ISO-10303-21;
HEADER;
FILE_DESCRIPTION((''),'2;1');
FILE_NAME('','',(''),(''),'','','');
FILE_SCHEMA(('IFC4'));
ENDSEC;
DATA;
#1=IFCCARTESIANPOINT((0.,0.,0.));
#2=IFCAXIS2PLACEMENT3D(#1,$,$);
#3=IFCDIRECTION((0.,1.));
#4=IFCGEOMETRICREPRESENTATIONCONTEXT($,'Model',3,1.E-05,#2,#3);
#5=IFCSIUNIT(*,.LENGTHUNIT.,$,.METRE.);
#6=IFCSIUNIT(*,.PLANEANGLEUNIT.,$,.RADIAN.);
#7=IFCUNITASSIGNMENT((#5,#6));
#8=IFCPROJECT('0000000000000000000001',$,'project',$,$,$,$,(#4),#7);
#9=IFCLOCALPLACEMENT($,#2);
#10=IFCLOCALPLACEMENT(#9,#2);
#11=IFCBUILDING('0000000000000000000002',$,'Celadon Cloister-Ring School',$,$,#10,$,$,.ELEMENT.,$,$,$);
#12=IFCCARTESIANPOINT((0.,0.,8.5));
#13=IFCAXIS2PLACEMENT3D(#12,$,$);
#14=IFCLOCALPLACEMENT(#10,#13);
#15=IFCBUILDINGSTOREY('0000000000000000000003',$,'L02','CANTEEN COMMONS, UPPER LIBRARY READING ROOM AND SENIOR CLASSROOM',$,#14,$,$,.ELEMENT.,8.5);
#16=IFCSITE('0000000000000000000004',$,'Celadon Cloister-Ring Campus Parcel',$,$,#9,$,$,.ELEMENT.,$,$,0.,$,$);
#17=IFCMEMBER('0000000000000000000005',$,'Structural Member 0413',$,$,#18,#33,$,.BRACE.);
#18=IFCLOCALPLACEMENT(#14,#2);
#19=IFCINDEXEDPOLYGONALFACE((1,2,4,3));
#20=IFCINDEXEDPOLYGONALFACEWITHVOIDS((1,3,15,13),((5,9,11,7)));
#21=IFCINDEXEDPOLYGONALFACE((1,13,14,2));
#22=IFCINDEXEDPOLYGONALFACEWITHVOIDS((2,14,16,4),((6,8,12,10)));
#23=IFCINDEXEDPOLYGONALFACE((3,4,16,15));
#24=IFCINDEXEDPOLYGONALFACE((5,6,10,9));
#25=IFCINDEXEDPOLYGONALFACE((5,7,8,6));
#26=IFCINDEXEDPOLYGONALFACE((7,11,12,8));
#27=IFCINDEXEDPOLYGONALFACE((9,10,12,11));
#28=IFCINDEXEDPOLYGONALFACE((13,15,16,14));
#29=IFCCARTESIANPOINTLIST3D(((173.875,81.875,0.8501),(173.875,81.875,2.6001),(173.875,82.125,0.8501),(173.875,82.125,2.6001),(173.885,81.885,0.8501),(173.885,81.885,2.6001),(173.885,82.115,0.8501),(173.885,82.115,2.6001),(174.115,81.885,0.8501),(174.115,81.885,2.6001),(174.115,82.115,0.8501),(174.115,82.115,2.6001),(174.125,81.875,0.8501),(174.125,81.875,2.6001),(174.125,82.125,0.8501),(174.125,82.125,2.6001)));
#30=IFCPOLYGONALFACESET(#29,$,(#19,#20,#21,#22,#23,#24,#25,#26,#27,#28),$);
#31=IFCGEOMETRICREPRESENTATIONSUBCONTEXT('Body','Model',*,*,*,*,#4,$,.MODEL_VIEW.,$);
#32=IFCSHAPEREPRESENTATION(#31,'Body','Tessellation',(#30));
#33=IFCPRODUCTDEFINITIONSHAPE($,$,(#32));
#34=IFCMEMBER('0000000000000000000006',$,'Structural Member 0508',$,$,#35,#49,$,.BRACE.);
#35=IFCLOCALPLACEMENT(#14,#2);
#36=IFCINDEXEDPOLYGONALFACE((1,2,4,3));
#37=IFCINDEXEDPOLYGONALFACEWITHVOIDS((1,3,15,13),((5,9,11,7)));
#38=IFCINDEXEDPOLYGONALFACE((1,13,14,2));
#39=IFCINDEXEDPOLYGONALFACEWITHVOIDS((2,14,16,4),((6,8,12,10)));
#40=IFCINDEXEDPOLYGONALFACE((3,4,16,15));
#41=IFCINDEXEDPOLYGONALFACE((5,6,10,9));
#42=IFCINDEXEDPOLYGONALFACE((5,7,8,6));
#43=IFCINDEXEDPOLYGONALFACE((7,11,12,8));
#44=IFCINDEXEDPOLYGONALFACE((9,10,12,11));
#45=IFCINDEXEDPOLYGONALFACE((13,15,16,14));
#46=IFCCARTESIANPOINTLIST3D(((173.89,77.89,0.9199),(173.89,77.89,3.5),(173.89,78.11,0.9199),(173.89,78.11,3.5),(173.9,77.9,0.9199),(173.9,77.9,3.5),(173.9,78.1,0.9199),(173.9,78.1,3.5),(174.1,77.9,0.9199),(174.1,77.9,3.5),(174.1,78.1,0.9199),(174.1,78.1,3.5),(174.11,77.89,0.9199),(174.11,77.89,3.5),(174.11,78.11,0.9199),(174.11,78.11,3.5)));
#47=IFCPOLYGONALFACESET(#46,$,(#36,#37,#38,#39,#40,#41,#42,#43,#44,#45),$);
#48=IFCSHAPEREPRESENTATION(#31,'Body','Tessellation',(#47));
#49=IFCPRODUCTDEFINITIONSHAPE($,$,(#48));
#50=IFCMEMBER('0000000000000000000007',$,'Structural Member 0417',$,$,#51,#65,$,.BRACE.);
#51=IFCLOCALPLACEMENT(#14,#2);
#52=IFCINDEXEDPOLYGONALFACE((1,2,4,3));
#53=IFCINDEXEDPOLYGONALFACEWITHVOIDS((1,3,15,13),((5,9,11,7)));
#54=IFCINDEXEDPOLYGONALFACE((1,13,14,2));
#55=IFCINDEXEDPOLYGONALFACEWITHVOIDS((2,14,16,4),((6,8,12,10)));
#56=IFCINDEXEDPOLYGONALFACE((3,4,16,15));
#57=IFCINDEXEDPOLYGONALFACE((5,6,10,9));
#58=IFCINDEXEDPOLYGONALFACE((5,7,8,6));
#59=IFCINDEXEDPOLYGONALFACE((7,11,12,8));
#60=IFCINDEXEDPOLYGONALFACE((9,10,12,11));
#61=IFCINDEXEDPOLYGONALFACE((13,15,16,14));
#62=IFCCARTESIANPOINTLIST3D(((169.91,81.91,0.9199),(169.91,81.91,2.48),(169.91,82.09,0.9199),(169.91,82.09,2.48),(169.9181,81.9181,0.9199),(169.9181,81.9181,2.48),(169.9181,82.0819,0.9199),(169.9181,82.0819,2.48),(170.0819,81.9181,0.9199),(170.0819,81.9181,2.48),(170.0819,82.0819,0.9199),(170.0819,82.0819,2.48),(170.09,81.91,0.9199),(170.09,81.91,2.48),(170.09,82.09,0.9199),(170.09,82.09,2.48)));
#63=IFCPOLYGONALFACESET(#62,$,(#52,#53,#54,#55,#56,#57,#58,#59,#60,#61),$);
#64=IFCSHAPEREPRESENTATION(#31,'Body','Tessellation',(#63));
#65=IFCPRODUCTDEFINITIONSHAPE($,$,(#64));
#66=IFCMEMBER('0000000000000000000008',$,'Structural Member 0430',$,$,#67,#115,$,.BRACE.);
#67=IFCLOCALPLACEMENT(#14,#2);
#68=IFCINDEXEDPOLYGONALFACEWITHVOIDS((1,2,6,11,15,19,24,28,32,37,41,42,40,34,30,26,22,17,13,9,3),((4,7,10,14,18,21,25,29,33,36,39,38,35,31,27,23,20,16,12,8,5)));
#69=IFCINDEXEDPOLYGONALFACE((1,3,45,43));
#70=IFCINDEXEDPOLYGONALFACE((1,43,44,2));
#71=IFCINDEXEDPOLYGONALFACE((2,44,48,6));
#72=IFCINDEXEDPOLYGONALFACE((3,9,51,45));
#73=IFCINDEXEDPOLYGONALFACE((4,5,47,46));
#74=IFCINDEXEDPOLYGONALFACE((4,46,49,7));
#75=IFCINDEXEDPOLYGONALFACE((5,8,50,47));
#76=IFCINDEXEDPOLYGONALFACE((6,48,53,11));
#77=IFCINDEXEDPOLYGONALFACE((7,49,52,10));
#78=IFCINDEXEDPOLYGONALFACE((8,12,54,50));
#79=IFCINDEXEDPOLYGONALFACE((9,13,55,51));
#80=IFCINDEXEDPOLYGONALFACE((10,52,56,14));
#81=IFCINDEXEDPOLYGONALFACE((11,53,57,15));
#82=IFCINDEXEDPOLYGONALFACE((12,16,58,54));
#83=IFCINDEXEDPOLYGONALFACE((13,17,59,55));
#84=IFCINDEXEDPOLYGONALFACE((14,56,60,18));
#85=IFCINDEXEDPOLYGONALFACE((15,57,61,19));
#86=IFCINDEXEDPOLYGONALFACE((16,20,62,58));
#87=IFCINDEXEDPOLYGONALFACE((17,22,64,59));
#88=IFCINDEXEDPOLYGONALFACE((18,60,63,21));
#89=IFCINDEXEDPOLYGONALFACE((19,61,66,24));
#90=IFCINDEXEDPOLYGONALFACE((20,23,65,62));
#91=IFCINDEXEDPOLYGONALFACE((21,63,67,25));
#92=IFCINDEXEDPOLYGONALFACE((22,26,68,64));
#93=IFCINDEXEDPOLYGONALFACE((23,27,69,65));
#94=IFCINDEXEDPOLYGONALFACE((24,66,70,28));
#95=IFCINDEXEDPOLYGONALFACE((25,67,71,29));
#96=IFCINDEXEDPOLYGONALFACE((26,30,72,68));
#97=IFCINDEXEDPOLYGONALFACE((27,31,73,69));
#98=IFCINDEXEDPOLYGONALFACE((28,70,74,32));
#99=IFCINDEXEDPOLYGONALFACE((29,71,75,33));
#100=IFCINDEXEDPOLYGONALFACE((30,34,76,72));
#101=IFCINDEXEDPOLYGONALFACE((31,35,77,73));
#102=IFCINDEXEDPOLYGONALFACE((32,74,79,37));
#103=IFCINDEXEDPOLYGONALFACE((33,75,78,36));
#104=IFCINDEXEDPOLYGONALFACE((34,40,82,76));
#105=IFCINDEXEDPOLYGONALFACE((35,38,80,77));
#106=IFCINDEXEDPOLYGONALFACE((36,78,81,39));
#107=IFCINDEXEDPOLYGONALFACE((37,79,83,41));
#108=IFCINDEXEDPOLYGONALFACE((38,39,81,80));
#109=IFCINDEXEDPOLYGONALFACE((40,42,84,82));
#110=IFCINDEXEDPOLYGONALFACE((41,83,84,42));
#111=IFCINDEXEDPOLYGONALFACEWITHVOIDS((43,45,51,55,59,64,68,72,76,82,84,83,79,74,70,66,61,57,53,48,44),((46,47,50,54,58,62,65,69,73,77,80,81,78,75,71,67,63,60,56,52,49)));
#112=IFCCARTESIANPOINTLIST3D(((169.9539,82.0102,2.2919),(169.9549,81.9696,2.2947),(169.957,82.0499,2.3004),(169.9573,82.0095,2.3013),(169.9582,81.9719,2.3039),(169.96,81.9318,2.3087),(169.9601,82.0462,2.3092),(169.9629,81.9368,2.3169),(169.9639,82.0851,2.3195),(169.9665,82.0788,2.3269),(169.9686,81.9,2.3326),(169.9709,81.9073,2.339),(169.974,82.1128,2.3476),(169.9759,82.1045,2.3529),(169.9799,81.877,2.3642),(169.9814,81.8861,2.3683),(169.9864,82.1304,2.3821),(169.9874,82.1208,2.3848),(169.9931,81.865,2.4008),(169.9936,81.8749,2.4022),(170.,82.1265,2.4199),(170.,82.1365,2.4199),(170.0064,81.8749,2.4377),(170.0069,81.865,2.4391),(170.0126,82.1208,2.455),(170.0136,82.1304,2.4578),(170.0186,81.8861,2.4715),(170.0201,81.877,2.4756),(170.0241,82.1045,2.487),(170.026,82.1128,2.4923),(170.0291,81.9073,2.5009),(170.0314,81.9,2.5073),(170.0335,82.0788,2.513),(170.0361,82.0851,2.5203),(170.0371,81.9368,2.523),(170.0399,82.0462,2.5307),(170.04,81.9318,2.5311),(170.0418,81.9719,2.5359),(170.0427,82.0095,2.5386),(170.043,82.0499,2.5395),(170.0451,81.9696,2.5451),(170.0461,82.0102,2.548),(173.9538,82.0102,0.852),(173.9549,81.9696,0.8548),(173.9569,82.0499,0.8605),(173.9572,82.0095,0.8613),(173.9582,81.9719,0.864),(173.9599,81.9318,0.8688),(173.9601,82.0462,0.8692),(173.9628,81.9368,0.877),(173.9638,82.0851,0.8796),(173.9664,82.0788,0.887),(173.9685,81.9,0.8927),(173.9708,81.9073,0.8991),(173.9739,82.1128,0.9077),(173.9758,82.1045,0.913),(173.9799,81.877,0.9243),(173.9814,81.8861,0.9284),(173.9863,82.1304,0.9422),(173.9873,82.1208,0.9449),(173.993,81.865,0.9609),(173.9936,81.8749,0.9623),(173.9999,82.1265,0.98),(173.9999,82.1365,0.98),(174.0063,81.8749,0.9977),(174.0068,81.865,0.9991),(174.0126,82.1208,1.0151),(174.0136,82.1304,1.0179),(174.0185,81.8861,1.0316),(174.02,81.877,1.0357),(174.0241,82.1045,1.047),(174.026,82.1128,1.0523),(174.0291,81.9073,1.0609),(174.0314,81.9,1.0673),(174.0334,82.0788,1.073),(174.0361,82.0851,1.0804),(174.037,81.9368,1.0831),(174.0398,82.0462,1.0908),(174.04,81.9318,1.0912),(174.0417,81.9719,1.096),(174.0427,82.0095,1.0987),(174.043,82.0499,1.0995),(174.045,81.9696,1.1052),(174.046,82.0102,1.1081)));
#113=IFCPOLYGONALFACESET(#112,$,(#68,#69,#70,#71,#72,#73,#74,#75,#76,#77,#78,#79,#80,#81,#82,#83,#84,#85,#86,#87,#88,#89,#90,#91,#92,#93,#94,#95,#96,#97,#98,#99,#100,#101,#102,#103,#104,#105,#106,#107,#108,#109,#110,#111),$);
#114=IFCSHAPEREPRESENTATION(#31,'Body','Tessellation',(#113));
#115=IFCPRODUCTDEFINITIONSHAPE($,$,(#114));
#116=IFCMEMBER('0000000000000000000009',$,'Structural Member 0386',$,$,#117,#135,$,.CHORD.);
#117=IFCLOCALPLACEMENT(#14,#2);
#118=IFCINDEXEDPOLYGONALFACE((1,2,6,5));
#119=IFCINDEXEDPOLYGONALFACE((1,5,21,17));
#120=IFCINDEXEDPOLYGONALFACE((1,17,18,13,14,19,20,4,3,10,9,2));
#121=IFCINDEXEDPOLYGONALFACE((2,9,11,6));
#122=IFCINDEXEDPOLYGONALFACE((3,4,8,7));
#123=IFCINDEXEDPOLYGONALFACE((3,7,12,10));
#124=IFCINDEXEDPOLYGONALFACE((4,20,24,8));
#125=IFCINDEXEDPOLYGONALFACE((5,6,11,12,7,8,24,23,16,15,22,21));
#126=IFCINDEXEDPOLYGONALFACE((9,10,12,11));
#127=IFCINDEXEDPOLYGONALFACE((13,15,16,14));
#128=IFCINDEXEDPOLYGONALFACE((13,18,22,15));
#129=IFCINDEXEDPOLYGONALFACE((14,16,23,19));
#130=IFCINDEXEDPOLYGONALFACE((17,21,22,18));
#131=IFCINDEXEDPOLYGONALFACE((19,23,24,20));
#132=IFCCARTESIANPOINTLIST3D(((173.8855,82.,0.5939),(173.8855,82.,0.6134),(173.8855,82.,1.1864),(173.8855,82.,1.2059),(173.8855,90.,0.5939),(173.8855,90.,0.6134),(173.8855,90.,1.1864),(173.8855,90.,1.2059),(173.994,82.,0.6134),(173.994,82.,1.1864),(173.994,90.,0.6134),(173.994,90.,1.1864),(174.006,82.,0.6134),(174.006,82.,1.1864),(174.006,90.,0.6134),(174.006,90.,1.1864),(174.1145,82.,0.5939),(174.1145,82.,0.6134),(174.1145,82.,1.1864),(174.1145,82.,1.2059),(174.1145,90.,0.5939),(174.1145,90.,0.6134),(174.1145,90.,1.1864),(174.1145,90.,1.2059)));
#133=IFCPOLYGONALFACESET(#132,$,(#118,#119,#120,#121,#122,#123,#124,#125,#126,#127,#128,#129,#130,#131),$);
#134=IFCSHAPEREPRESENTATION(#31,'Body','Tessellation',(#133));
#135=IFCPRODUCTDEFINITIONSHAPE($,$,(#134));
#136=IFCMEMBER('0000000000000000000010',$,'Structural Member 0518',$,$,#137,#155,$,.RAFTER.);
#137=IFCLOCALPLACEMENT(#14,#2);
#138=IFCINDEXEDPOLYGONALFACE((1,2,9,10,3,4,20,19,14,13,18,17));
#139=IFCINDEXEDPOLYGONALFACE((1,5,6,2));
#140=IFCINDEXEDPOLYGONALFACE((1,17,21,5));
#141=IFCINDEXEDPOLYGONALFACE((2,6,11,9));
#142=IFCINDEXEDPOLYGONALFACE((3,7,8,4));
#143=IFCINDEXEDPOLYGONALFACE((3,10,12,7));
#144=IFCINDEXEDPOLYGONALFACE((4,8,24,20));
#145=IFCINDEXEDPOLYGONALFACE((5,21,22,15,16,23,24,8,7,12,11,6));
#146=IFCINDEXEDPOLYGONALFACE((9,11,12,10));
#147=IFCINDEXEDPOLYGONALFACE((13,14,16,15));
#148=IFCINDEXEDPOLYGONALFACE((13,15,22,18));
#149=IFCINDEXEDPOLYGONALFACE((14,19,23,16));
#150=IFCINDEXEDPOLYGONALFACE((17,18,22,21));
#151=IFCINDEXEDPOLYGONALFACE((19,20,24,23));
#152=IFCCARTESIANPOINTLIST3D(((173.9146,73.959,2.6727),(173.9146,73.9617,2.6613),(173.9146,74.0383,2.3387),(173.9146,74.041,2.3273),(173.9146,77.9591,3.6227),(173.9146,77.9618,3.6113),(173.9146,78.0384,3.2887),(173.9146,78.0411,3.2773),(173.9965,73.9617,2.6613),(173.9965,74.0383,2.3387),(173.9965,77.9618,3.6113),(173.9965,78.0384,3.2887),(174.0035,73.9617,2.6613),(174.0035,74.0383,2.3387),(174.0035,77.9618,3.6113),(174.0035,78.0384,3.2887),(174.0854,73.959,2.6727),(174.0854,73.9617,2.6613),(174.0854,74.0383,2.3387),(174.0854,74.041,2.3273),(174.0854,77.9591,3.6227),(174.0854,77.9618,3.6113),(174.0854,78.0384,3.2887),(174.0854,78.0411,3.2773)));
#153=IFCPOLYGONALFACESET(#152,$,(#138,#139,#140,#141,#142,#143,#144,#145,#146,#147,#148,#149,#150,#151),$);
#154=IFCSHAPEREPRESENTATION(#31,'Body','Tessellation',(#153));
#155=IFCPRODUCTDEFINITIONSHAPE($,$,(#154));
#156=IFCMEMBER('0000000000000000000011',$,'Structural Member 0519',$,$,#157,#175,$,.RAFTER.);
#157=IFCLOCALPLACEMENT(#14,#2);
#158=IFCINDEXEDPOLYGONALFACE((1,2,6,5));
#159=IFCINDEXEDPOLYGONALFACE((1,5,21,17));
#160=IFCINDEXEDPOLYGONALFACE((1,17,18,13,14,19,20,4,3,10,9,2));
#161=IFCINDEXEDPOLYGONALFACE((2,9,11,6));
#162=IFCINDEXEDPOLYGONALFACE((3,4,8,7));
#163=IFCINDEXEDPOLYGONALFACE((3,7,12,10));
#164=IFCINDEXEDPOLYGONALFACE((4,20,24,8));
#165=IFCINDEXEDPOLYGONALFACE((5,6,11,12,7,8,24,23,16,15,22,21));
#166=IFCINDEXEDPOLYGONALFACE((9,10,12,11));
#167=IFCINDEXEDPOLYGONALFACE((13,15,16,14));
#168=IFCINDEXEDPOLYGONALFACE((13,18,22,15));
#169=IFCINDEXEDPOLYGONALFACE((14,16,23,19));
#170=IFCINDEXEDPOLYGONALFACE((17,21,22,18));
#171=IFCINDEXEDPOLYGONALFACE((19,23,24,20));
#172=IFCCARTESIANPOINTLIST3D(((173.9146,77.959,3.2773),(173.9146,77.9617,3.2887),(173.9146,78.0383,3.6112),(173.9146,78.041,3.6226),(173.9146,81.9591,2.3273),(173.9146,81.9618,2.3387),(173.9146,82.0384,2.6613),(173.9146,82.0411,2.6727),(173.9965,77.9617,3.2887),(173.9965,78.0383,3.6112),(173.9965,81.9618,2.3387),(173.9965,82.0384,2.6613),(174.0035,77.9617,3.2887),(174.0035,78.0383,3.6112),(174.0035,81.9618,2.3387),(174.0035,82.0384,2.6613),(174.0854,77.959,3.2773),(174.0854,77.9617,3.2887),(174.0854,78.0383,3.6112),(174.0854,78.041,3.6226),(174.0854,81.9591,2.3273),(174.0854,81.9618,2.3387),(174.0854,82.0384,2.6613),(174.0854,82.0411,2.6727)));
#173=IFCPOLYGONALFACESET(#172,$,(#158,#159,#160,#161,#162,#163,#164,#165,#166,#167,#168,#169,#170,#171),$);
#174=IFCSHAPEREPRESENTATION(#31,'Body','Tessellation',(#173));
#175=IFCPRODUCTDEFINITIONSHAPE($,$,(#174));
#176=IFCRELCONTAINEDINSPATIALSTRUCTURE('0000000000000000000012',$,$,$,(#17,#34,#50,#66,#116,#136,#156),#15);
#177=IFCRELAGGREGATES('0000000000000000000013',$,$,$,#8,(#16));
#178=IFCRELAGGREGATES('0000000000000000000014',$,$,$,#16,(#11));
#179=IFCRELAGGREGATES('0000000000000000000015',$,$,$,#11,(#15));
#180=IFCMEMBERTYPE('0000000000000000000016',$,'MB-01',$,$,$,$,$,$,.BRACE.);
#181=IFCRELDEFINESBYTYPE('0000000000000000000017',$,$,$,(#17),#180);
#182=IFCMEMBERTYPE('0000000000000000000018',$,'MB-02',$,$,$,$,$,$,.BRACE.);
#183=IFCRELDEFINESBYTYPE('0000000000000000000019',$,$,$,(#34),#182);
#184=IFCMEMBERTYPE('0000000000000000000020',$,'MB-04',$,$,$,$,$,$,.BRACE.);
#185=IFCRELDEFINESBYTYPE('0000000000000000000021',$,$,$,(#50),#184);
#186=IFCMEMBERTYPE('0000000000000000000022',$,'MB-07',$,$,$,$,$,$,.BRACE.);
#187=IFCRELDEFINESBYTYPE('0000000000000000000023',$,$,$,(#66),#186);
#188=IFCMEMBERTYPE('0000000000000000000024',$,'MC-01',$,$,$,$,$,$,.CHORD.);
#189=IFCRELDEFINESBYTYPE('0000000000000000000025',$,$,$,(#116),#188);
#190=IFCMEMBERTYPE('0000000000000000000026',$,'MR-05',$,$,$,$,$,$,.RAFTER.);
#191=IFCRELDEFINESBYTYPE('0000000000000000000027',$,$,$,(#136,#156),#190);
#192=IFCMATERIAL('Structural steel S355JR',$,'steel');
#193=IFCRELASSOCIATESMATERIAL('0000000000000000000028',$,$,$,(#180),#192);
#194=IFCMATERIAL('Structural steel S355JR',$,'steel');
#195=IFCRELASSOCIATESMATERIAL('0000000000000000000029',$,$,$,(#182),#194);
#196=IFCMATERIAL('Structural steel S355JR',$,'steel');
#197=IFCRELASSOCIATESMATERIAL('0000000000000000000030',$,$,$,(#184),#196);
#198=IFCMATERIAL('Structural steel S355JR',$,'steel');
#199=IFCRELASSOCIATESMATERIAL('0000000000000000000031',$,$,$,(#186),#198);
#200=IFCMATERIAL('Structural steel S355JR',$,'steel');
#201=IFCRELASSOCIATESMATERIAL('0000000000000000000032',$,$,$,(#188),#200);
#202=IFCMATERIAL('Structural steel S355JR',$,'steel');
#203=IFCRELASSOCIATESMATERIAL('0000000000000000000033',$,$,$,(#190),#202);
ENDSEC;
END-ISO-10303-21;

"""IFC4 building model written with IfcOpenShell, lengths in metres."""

from ifc_helpers import new_model, si_unit, direction, frame, origin, origin_2d, place, context, subcontext, project, spatial, hollow_rectangle, hollow_circle, i_section, extrude, material, material_profile, profile_set, type_object, element, save


model = new_model("IFC4")

# Units and contexts
model_context = context("Model", 3, precision=1e-05, world=origin(), true_north=direction((0.0, 1.0)))
body_context = subcontext(model_context, "Body", "Model", "MODEL_VIEW")
ifc_project = project(units=[si_unit("LENGTHUNIT", "METRE"), si_unit("PLANEANGLEUNIT", "RADIAN")], contexts=[model_context])

# Site, building, storey
site_placement = place(None, origin())
site = spatial("IfcSite", under=ifc_project, at=site_placement, Name="Celadon Cloister-Ring Campus Parcel", CompositionType="ELEMENT", RefElevation=0.0)
building_placement = place(site_placement, origin())
building = spatial("IfcBuilding", under=site, at=building_placement, Name="Celadon Cloister-Ring School", CompositionType="ELEMENT")
storey_placement = place(building_placement, frame((0.0, 0.0, 8.5)))
storey = spatial("IfcBuildingStorey", under=building, at=storey_placement, Name="L02", Description="CANTEEN COMMONS, UPPER LIBRARY READING ROOM AND SENIOR CLASSROOM", CompositionType="ELEMENT", Elevation=8.5)

# Members
ifc_material_1 = material(Name="Structural steel S355JR", Category="steel")
ifc_material_profile_1 = material_profile(ifc_material_1, hollow_rectangle(XDim=0.25, YDim=0.25, WallThickness=0.01, at=origin_2d()), Name="HSS250X250X10")
ifc_profile_set_1 = profile_set([ifc_material_profile_1], Name="Structural steel S355JR")
member_type_1 = type_object("IfcMemberType", Name="MB-01", PredefinedType="BRACE", material=ifc_profile_set_1)
member_1_placement = place(storey_placement, frame((174.0, 82.0, 0.8501), z_axis=(0.0, 0.0, 1.0), x_axis=(1.0, 0.0, 0.0)))
element("IfcMember", 1, at=member_1_placement, inside=storey, type_object=member_type_1, Name="Structural Member 0413", PredefinedType="BRACE", context=body_context, shape_type="SweptSolid", body=[
    extrude(hollow_rectangle(XDim=0.25, YDim=0.25, WallThickness=0.01, at=origin_2d()), origin(), (0.0, 0.0, 1.0), 1.75),
])
ifc_material_2 = material(Name="Structural steel S355JR", Category="steel")
ifc_material_profile_2 = material_profile(ifc_material_2, hollow_rectangle(XDim=0.22, YDim=0.22, WallThickness=0.01, at=origin_2d()), Name="HSS220X220X10")
ifc_profile_set_2 = profile_set([ifc_material_profile_2], Name="Structural steel S355JR")
member_type_2 = type_object("IfcMemberType", Name="MB-02", PredefinedType="BRACE", material=ifc_profile_set_2)
member_2_placement = place(storey_placement, frame((174.0, 78.0, 0.9199), z_axis=(0.0, 0.0, 1.0), x_axis=(1.0, 0.0, 0.0)))
element("IfcMember", 2, at=member_2_placement, inside=storey, type_object=member_type_2, Name="Structural Member 0508", PredefinedType="BRACE", context=body_context, shape_type="SweptSolid", body=[
    extrude(hollow_rectangle(XDim=0.22, YDim=0.22, WallThickness=0.01, at=origin_2d()), origin(), (0.0, 0.0, 1.0), 2.5801),
])
ifc_material_3 = material(Name="Structural steel S355JR", Category="steel")
ifc_material_profile_3 = material_profile(ifc_material_3, hollow_rectangle(XDim=0.1799, YDim=0.1799, WallThickness=0.0081, at=origin_2d()), Name="HSS180X180X8")
ifc_profile_set_3 = profile_set([ifc_material_profile_3], Name="Structural steel S355JR")
member_type_3 = type_object("IfcMemberType", Name="MB-04", PredefinedType="BRACE", material=ifc_profile_set_3)
member_3_placement = place(storey_placement, frame((170.0, 82.0, 0.9199), z_axis=(0.0, 0.0, 1.0), x_axis=(1.0, 0.0, 0.0)))
element("IfcMember", 3, at=member_3_placement, inside=storey, type_object=member_type_3, Name="Structural Member 0417", PredefinedType="BRACE", context=body_context, shape_type="SweptSolid", body=[
    extrude(hollow_rectangle(XDim=0.1799, YDim=0.1799, WallThickness=0.0081, at=origin_2d()), origin(), (0.0, 0.0, 1.0), 1.5601),
])
ifc_material_4 = material(Name="Structural steel S355JR", Category="steel")
ifc_material_profile_4 = material_profile(ifc_material_4, hollow_circle(Radius=0.1365, WallThickness=0.01, at=origin_2d()), Name="CHS273.0X10")
ifc_profile_set_4 = profile_set([ifc_material_profile_4], Name="Structural steel S355JR")
member_type_4 = type_object("IfcMemberType", Name="MB-07", PredefinedType="BRACE", material=ifc_profile_set_4)
member_4_placement = place(storey_placement, frame((170.0, 82.0, 2.4199), z_axis=(0.940892, 0.0, -0.338707), x_axis=(0.0, 1.0, 0.0)))
element("IfcMember", 4, at=member_4_placement, inside=storey, type_object=member_type_4, Name="Structural Member 0430", PredefinedType="BRACE", context=body_context, shape_type="SweptSolid", body=[
    extrude(hollow_circle(Radius=0.1365, WallThickness=0.01, at=origin_2d()), origin(), (0.0, 0.0, 1.0), 4.2512),
])
ifc_material_5 = material(Name="Structural steel S355JR", Category="steel")
ifc_material_profile_5 = material_profile(ifc_material_5, i_section(OverallWidth=0.229, OverallDepth=0.6121, WebThickness=0.012, FlangeThickness=0.0195, at=origin_2d()), Name="W610X125")
ifc_profile_set_5 = profile_set([ifc_material_profile_5], Name="Structural steel S355JR")
member_type_5 = type_object("IfcMemberType", Name="MC-01", PredefinedType="CHORD", material=ifc_profile_set_5)
member_5_placement = place(storey_placement, frame((174.0, 82.0, 0.8999), z_axis=(0.0, 1.0, 0.0), x_axis=(-1.0, 0.0, 0.0)))
element("IfcMember", 5, at=member_5_placement, inside=storey, type_object=member_type_5, Name="Structural Member 0386", PredefinedType="CHORD", context=body_context, shape_type="SweptSolid", body=[
    extrude(i_section(OverallWidth=0.229, OverallDepth=0.6121, WebThickness=0.012, FlangeThickness=0.0195, at=origin_2d()), origin(), (0.0, 0.0, 1.0), 8.0),
])
ifc_material_6 = material(Name="Structural steel S355JR", Category="steel")
ifc_material_profile_6 = material_profile(ifc_material_6, i_section(OverallWidth=0.1709, OverallDepth=0.355, WebThickness=0.0071, FlangeThickness=0.0117, at=origin_2d()), Name="W360X51")
ifc_profile_set_6 = profile_set([ifc_material_profile_6], Name="Structural steel S355JR")
member_type_6 = type_object("IfcMemberType", Name="MR-05", PredefinedType="RAFTER", material=ifc_profile_set_6)
for number, where, z_axis, x_axis, name in (
    (6, (174.0, 74.0, 2.5), (0.0, 0.972939, 0.231061), (-1.0, 0.0, 0.0), "Structural Member 0518"),
    (7, (174.0, 78.0, 3.45), (0.0, 0.972939, -0.231061), (-1.0, 0.0, 0.0), "Structural Member 0519"),
):
    element("IfcMember", number, at=place(storey_placement, frame(where, z_axis=z_axis, x_axis=x_axis)), inside=storey, type_object=member_type_6, Name=name, PredefinedType="RAFTER", context=body_context, shape_type="SweptSolid", body=[
        extrude(i_section(OverallWidth=0.1709, OverallDepth=0.355, WebThickness=0.0071, FlangeThickness=0.0117, at=origin_2d()), origin(), (0.0, 0.0, 1.0), 4.1113),
    ])

save(model, "model.ifc")
